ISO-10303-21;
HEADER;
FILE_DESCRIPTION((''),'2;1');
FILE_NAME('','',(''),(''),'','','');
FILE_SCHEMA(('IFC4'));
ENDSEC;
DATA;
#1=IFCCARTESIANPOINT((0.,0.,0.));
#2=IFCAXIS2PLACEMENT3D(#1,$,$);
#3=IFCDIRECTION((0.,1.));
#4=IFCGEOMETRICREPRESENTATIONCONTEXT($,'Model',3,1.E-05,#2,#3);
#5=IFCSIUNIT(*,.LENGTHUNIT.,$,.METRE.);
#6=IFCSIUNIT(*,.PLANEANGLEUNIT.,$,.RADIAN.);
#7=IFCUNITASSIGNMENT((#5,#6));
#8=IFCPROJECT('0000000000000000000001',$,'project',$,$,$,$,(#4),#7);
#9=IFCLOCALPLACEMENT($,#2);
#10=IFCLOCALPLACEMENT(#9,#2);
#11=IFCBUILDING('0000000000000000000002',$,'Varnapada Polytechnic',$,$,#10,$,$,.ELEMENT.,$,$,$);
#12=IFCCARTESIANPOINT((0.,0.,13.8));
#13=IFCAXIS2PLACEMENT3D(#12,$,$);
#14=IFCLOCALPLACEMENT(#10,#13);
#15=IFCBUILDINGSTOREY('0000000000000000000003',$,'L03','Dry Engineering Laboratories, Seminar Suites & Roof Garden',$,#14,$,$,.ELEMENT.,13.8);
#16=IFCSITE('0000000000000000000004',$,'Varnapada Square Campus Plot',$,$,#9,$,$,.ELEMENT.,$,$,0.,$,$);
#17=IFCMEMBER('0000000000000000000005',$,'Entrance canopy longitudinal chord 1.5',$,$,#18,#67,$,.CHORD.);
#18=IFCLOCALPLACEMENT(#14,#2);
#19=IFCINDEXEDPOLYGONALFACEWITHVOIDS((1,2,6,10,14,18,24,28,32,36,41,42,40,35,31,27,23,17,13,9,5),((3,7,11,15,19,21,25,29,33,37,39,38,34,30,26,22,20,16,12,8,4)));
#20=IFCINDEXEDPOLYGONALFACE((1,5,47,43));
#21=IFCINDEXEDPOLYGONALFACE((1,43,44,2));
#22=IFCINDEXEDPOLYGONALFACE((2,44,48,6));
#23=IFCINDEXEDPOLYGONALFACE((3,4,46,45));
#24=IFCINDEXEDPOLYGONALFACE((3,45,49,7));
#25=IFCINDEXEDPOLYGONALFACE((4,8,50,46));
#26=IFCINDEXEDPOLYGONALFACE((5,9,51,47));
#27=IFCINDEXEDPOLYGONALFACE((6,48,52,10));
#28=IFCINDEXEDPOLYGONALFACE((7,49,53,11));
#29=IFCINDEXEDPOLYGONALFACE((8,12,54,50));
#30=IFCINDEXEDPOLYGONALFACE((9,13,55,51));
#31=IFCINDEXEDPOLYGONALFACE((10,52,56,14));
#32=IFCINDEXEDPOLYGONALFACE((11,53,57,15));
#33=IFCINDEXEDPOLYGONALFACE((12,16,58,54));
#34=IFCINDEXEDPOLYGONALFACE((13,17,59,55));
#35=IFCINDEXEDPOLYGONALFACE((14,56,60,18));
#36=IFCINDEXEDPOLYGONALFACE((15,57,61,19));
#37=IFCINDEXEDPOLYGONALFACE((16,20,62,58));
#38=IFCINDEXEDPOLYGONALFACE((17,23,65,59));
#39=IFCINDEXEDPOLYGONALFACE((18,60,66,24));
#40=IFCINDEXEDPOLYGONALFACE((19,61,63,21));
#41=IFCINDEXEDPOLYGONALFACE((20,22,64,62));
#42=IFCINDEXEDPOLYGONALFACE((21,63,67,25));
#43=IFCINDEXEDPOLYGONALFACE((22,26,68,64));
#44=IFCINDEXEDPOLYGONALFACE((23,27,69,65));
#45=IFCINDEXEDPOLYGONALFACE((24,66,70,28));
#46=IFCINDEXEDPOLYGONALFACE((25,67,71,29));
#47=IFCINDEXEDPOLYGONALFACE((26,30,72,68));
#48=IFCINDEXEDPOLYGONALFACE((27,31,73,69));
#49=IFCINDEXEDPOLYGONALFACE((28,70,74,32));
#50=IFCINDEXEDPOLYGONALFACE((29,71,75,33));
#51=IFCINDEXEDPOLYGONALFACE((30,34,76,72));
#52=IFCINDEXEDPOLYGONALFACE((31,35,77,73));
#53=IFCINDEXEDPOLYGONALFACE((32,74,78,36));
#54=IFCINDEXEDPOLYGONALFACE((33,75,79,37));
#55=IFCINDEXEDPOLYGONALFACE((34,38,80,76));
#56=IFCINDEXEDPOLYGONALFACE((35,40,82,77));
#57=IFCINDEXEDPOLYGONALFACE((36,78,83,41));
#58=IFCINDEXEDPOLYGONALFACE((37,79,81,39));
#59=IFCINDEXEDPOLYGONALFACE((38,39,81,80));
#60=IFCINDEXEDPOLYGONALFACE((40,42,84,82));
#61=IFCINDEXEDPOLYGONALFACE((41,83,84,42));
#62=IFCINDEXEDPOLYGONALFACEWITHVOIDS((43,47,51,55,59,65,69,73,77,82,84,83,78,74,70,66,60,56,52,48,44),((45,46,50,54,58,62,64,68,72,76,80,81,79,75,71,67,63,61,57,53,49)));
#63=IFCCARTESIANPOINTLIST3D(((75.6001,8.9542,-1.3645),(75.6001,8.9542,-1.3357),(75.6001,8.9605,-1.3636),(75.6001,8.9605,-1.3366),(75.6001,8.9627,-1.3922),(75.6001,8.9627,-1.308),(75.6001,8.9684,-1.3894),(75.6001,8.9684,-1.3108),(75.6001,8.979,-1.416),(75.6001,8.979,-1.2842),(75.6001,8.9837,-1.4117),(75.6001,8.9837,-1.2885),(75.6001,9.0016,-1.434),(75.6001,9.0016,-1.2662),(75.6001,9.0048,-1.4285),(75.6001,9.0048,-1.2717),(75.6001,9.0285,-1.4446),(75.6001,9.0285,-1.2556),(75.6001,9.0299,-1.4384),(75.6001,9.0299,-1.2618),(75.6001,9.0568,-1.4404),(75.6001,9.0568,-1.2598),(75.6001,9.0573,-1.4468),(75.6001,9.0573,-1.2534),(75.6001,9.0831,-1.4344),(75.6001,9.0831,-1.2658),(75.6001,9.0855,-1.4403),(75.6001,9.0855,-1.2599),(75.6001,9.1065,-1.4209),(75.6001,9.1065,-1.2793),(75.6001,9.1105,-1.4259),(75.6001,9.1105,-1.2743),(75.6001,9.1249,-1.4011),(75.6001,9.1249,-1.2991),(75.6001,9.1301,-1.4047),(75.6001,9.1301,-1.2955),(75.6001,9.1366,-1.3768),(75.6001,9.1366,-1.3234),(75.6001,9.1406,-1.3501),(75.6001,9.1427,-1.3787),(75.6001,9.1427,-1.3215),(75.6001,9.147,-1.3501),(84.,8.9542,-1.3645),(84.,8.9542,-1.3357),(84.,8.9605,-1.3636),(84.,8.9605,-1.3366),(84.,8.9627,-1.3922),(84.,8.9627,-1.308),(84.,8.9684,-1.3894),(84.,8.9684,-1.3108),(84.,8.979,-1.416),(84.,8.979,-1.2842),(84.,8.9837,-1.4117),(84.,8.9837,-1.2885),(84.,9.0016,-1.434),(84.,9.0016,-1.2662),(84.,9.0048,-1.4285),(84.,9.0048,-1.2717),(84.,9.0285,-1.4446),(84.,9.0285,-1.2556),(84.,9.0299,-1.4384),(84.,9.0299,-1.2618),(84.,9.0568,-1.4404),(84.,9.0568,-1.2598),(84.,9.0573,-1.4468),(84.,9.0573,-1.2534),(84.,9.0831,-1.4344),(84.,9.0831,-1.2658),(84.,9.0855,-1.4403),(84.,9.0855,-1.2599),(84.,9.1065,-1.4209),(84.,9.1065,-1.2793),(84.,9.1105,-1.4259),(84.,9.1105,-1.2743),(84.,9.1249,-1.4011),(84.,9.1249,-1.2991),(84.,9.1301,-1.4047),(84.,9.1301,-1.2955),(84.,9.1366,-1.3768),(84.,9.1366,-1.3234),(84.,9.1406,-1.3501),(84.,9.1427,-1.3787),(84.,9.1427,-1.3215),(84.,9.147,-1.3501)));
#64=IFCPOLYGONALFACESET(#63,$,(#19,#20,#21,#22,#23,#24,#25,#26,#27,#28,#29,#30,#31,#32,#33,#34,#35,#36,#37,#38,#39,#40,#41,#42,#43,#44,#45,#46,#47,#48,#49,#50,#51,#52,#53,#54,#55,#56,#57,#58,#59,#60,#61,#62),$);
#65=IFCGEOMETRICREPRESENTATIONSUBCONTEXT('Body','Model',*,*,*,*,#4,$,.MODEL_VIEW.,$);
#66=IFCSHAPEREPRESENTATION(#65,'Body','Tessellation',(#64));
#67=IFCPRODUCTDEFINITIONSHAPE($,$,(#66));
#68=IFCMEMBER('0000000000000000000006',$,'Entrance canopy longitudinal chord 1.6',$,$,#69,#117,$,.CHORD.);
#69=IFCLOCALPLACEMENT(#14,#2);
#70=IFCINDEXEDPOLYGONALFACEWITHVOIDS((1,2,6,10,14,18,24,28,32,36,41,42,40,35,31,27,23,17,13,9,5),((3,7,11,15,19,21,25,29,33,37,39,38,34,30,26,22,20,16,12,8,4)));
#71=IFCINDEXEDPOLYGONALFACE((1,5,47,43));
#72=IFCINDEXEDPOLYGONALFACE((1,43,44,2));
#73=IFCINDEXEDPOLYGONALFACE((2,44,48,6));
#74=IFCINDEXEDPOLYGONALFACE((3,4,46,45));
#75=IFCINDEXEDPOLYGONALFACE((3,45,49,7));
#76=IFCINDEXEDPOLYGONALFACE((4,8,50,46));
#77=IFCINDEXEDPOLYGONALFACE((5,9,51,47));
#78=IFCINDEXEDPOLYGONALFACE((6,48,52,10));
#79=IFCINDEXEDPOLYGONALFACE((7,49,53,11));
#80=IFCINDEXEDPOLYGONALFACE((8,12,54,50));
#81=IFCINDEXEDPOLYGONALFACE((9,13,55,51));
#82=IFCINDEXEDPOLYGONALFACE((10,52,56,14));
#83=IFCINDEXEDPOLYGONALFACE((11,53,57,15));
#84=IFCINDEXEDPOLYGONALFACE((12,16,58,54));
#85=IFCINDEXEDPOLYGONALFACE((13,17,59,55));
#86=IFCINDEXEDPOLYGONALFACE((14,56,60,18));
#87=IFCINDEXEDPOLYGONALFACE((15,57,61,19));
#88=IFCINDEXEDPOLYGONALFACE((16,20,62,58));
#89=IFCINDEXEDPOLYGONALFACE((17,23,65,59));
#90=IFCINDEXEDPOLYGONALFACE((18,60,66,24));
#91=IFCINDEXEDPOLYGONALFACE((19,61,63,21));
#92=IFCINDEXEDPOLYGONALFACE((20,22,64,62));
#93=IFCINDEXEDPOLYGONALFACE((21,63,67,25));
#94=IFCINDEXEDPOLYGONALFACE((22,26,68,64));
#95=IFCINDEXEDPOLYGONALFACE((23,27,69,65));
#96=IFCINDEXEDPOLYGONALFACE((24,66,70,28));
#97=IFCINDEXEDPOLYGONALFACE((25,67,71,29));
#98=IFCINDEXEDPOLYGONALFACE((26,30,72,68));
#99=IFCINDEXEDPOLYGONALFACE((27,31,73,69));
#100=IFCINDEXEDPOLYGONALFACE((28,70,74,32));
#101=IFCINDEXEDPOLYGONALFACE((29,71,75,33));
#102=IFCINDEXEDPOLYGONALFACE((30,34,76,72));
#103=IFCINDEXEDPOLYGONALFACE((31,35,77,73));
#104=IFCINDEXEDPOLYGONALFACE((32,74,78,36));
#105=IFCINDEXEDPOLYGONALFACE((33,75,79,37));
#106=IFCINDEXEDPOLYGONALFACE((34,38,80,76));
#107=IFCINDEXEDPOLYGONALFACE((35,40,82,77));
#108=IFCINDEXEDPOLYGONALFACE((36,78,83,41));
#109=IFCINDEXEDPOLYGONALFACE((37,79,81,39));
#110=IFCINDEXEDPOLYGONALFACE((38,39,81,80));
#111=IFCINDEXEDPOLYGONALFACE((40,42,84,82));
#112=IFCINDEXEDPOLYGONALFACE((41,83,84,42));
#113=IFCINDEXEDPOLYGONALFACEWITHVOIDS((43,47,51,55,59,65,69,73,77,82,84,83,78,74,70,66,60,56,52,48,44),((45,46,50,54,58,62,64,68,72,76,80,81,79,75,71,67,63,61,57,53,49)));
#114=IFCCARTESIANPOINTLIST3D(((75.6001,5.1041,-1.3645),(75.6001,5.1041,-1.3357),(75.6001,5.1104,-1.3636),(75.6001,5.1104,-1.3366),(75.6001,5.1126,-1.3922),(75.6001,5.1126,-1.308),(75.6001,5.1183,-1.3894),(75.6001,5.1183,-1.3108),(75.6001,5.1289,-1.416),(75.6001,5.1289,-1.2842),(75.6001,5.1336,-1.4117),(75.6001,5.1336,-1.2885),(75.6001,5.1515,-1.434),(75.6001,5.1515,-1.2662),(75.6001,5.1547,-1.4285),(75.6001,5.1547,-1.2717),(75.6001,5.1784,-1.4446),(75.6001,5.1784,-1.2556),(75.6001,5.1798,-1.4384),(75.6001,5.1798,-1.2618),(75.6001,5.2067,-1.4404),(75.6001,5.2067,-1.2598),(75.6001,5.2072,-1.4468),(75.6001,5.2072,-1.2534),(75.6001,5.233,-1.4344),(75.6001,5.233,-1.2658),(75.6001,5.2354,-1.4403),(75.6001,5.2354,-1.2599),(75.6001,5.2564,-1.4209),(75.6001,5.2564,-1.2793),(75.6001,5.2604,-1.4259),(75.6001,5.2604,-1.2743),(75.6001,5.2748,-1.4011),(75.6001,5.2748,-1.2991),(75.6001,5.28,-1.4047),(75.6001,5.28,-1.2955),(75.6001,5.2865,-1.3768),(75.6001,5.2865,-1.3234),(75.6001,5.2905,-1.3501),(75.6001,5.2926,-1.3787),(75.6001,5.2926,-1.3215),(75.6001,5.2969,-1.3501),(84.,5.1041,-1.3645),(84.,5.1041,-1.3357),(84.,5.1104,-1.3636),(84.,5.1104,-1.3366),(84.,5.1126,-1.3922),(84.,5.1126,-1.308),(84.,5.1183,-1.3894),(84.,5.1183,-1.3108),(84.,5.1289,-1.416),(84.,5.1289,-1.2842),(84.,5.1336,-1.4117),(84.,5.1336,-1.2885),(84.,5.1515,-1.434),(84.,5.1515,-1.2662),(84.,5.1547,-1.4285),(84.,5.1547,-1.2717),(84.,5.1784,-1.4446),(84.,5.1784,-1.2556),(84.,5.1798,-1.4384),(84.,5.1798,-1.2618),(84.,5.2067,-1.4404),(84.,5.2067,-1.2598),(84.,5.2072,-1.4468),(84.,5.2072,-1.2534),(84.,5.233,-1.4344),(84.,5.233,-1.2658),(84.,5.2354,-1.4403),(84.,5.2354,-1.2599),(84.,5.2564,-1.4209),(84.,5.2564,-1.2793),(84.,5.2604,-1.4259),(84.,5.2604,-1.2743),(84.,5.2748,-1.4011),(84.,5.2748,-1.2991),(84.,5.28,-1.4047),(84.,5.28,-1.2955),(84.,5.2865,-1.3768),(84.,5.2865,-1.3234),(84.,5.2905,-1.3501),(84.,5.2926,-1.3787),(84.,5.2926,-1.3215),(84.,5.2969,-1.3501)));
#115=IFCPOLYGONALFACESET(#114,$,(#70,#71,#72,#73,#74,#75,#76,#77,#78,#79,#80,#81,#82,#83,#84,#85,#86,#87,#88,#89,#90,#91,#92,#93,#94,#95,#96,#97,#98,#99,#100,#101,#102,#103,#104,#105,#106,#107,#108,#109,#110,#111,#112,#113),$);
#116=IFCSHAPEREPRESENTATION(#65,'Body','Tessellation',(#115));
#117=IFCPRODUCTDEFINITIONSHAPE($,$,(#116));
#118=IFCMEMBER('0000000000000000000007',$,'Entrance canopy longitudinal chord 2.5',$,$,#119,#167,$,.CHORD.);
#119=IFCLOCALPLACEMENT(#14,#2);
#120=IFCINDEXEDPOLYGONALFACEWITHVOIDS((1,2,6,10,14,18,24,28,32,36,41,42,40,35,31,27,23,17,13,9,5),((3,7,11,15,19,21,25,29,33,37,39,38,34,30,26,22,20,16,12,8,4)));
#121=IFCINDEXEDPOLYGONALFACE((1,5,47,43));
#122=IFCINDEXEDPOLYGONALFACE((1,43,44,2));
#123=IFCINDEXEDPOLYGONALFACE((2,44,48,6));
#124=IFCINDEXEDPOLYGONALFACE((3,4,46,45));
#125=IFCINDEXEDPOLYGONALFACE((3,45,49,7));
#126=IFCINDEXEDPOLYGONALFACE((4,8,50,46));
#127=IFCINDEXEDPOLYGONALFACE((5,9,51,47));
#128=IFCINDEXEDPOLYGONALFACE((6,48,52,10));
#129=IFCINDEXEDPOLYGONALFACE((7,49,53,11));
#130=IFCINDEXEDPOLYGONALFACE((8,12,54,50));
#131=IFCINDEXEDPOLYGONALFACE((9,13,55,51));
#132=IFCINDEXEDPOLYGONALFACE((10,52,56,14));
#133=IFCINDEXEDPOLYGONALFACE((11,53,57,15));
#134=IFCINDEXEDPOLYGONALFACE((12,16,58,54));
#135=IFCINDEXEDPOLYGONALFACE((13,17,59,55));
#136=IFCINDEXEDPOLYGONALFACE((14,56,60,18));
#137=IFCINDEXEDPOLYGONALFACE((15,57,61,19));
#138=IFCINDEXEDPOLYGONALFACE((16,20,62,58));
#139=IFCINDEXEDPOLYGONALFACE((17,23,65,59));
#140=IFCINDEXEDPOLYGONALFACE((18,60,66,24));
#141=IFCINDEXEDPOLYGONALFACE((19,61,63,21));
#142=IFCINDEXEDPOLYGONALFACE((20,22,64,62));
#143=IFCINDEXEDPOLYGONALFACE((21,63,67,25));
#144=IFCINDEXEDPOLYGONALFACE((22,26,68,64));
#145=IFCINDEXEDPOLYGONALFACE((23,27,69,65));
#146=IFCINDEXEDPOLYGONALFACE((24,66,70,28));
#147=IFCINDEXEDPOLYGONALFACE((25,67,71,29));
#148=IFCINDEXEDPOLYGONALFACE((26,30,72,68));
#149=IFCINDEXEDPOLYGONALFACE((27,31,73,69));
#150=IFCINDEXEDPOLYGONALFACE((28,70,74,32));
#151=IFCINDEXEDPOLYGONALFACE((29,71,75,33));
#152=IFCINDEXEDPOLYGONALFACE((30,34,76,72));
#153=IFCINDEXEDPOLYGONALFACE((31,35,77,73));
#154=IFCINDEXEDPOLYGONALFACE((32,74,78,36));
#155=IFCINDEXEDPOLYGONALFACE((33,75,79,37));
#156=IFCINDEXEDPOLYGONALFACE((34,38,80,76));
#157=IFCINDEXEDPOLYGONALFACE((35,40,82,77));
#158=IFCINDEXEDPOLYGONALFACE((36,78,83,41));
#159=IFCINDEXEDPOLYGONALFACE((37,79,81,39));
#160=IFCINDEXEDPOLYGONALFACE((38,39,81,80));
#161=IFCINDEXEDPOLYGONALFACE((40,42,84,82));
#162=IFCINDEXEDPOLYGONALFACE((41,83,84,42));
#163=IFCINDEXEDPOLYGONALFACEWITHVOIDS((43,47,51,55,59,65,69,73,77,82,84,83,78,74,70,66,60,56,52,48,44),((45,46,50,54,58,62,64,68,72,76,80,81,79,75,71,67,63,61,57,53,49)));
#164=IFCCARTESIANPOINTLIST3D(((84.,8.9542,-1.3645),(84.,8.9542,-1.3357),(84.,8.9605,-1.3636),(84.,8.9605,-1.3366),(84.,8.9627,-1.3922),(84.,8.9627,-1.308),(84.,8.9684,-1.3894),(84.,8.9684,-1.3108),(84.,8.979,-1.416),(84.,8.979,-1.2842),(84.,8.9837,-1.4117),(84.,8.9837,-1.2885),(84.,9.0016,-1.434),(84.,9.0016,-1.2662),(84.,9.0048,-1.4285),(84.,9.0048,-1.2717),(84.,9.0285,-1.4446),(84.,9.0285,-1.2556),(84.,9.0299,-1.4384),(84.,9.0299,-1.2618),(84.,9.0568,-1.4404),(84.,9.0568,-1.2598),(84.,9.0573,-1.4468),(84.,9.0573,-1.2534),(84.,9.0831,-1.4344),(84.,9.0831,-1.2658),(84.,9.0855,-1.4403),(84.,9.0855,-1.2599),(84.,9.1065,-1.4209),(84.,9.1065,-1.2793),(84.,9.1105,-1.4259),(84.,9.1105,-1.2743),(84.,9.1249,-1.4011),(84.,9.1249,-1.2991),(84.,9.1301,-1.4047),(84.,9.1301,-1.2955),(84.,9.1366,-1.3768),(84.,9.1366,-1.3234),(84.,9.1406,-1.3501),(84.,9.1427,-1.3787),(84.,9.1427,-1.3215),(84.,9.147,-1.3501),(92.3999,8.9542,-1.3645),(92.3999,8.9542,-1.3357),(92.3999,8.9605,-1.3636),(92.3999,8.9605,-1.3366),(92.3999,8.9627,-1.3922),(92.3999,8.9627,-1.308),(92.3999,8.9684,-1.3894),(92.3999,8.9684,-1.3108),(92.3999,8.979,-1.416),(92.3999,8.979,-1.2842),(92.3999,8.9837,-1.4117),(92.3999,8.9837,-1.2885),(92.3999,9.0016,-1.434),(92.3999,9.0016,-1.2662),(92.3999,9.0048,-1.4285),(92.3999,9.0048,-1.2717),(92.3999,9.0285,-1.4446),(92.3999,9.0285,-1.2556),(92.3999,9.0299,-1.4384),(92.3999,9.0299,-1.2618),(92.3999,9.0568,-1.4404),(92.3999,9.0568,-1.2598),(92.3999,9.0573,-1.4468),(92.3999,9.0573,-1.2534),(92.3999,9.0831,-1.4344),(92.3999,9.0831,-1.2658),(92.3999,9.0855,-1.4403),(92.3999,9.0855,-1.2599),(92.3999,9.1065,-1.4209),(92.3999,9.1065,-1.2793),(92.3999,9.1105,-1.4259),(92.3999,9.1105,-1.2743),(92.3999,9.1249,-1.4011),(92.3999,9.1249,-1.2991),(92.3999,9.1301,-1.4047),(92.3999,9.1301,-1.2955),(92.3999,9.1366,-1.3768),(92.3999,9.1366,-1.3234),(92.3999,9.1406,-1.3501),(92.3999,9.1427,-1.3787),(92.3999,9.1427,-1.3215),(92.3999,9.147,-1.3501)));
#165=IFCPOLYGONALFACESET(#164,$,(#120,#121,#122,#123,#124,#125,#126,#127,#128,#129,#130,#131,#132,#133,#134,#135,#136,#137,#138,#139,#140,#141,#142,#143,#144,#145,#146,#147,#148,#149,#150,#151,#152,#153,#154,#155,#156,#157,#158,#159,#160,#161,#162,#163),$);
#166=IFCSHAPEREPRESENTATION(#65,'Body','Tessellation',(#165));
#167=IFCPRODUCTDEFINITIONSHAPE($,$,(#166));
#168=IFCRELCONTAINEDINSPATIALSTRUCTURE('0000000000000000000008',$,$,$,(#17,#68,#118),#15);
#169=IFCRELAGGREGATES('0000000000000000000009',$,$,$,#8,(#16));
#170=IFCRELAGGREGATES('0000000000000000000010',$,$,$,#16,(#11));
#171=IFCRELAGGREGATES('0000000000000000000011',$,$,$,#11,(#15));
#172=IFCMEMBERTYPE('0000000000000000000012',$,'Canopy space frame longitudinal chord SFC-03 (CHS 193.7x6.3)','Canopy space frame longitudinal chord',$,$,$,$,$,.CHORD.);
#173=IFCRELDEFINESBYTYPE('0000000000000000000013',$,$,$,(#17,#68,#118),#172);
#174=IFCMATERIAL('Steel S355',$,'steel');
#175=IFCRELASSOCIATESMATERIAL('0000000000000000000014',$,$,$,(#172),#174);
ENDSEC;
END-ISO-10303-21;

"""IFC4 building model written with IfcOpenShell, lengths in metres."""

from ifc_helpers import new_model, si_unit, direction, frame, origin, origin_2d, place, context, subcontext, project, spatial, hollow_circle, extrude, material, material_profile, profile_set, type_object, element, save


model = new_model("IFC4")

# Units and contexts
model_context = context("Model", 3, precision=1e-05, world=origin(), true_north=direction((0.0, 1.0)))
body_context = subcontext(model_context, "Body", "Model", "MODEL_VIEW")
ifc_project = project(units=[si_unit("LENGTHUNIT", "METRE"), si_unit("PLANEANGLEUNIT", "RADIAN")], contexts=[model_context])

# Site, building, storey
site_placement = place(None, origin())
site = spatial("IfcSite", under=ifc_project, at=site_placement, Name="Varnapada Square Campus Plot", CompositionType="ELEMENT", RefElevation=0.0)
building_placement = place(site_placement, origin())
building = spatial("IfcBuilding", under=site, at=building_placement, Name="Varnapada Polytechnic", CompositionType="ELEMENT")
storey_placement = place(building_placement, frame((0.0, 0.0, 13.8)))
storey = spatial("IfcBuildingStorey", under=building, at=storey_placement, Name="L03", Description="Dry Engineering Laboratories, Seminar Suites & Roof Garden", CompositionType="ELEMENT", Elevation=13.8)

# Members
ifc_material = material(Name="Steel S355", Category="steel")
ifc_material_profile_1 = material_profile(ifc_material, hollow_circle(Radius=0.0969, WallThickness=0.0063, at=origin_2d()), Name="CHS 193.7x6.3")
ifc_profile_set_1 = profile_set([ifc_material_profile_1], Name="Steel S355")
member_type_1 = type_object("IfcMemberType", Name="Canopy space frame longitudinal chord SFC-03 (CHS 193.7x6.3)", Description="Canopy space frame longitudinal chord", PredefinedType="CHORD", material=ifc_profile_set_1)
for number, where, z_axis, x_axis, name in (
    (1, (75.6001, 9.05, -1.3501), (1.0, 0.0, 0.0), (0.0, 1.0, 0.0), "Entrance canopy longitudinal chord 1.5"),
    (2, (75.6001, 5.2, -1.3501), (1.0, 0.0, 0.0), (0.0, 1.0, 0.0), "Entrance canopy longitudinal chord 1.6"),
    (3, (84.0, 9.05, -1.3501), (1.0, 0.0, 0.0), (0.0, 1.0, 0.0), "Entrance canopy longitudinal chord 2.5"),
):
    element("IfcMember", number, at=place(storey_placement, frame(where, z_axis=z_axis, x_axis=x_axis)), inside=storey, type_object=member_type_1, Name=name, PredefinedType="CHORD", context=body_context, shape_type="SweptSolid", body=[
        extrude(hollow_circle(Radius=0.0969, WallThickness=0.0063, at=origin_2d()), origin(), (0.0, 0.0, 1.0), 8.3999),
    ])

save(model, "model.ifc")
